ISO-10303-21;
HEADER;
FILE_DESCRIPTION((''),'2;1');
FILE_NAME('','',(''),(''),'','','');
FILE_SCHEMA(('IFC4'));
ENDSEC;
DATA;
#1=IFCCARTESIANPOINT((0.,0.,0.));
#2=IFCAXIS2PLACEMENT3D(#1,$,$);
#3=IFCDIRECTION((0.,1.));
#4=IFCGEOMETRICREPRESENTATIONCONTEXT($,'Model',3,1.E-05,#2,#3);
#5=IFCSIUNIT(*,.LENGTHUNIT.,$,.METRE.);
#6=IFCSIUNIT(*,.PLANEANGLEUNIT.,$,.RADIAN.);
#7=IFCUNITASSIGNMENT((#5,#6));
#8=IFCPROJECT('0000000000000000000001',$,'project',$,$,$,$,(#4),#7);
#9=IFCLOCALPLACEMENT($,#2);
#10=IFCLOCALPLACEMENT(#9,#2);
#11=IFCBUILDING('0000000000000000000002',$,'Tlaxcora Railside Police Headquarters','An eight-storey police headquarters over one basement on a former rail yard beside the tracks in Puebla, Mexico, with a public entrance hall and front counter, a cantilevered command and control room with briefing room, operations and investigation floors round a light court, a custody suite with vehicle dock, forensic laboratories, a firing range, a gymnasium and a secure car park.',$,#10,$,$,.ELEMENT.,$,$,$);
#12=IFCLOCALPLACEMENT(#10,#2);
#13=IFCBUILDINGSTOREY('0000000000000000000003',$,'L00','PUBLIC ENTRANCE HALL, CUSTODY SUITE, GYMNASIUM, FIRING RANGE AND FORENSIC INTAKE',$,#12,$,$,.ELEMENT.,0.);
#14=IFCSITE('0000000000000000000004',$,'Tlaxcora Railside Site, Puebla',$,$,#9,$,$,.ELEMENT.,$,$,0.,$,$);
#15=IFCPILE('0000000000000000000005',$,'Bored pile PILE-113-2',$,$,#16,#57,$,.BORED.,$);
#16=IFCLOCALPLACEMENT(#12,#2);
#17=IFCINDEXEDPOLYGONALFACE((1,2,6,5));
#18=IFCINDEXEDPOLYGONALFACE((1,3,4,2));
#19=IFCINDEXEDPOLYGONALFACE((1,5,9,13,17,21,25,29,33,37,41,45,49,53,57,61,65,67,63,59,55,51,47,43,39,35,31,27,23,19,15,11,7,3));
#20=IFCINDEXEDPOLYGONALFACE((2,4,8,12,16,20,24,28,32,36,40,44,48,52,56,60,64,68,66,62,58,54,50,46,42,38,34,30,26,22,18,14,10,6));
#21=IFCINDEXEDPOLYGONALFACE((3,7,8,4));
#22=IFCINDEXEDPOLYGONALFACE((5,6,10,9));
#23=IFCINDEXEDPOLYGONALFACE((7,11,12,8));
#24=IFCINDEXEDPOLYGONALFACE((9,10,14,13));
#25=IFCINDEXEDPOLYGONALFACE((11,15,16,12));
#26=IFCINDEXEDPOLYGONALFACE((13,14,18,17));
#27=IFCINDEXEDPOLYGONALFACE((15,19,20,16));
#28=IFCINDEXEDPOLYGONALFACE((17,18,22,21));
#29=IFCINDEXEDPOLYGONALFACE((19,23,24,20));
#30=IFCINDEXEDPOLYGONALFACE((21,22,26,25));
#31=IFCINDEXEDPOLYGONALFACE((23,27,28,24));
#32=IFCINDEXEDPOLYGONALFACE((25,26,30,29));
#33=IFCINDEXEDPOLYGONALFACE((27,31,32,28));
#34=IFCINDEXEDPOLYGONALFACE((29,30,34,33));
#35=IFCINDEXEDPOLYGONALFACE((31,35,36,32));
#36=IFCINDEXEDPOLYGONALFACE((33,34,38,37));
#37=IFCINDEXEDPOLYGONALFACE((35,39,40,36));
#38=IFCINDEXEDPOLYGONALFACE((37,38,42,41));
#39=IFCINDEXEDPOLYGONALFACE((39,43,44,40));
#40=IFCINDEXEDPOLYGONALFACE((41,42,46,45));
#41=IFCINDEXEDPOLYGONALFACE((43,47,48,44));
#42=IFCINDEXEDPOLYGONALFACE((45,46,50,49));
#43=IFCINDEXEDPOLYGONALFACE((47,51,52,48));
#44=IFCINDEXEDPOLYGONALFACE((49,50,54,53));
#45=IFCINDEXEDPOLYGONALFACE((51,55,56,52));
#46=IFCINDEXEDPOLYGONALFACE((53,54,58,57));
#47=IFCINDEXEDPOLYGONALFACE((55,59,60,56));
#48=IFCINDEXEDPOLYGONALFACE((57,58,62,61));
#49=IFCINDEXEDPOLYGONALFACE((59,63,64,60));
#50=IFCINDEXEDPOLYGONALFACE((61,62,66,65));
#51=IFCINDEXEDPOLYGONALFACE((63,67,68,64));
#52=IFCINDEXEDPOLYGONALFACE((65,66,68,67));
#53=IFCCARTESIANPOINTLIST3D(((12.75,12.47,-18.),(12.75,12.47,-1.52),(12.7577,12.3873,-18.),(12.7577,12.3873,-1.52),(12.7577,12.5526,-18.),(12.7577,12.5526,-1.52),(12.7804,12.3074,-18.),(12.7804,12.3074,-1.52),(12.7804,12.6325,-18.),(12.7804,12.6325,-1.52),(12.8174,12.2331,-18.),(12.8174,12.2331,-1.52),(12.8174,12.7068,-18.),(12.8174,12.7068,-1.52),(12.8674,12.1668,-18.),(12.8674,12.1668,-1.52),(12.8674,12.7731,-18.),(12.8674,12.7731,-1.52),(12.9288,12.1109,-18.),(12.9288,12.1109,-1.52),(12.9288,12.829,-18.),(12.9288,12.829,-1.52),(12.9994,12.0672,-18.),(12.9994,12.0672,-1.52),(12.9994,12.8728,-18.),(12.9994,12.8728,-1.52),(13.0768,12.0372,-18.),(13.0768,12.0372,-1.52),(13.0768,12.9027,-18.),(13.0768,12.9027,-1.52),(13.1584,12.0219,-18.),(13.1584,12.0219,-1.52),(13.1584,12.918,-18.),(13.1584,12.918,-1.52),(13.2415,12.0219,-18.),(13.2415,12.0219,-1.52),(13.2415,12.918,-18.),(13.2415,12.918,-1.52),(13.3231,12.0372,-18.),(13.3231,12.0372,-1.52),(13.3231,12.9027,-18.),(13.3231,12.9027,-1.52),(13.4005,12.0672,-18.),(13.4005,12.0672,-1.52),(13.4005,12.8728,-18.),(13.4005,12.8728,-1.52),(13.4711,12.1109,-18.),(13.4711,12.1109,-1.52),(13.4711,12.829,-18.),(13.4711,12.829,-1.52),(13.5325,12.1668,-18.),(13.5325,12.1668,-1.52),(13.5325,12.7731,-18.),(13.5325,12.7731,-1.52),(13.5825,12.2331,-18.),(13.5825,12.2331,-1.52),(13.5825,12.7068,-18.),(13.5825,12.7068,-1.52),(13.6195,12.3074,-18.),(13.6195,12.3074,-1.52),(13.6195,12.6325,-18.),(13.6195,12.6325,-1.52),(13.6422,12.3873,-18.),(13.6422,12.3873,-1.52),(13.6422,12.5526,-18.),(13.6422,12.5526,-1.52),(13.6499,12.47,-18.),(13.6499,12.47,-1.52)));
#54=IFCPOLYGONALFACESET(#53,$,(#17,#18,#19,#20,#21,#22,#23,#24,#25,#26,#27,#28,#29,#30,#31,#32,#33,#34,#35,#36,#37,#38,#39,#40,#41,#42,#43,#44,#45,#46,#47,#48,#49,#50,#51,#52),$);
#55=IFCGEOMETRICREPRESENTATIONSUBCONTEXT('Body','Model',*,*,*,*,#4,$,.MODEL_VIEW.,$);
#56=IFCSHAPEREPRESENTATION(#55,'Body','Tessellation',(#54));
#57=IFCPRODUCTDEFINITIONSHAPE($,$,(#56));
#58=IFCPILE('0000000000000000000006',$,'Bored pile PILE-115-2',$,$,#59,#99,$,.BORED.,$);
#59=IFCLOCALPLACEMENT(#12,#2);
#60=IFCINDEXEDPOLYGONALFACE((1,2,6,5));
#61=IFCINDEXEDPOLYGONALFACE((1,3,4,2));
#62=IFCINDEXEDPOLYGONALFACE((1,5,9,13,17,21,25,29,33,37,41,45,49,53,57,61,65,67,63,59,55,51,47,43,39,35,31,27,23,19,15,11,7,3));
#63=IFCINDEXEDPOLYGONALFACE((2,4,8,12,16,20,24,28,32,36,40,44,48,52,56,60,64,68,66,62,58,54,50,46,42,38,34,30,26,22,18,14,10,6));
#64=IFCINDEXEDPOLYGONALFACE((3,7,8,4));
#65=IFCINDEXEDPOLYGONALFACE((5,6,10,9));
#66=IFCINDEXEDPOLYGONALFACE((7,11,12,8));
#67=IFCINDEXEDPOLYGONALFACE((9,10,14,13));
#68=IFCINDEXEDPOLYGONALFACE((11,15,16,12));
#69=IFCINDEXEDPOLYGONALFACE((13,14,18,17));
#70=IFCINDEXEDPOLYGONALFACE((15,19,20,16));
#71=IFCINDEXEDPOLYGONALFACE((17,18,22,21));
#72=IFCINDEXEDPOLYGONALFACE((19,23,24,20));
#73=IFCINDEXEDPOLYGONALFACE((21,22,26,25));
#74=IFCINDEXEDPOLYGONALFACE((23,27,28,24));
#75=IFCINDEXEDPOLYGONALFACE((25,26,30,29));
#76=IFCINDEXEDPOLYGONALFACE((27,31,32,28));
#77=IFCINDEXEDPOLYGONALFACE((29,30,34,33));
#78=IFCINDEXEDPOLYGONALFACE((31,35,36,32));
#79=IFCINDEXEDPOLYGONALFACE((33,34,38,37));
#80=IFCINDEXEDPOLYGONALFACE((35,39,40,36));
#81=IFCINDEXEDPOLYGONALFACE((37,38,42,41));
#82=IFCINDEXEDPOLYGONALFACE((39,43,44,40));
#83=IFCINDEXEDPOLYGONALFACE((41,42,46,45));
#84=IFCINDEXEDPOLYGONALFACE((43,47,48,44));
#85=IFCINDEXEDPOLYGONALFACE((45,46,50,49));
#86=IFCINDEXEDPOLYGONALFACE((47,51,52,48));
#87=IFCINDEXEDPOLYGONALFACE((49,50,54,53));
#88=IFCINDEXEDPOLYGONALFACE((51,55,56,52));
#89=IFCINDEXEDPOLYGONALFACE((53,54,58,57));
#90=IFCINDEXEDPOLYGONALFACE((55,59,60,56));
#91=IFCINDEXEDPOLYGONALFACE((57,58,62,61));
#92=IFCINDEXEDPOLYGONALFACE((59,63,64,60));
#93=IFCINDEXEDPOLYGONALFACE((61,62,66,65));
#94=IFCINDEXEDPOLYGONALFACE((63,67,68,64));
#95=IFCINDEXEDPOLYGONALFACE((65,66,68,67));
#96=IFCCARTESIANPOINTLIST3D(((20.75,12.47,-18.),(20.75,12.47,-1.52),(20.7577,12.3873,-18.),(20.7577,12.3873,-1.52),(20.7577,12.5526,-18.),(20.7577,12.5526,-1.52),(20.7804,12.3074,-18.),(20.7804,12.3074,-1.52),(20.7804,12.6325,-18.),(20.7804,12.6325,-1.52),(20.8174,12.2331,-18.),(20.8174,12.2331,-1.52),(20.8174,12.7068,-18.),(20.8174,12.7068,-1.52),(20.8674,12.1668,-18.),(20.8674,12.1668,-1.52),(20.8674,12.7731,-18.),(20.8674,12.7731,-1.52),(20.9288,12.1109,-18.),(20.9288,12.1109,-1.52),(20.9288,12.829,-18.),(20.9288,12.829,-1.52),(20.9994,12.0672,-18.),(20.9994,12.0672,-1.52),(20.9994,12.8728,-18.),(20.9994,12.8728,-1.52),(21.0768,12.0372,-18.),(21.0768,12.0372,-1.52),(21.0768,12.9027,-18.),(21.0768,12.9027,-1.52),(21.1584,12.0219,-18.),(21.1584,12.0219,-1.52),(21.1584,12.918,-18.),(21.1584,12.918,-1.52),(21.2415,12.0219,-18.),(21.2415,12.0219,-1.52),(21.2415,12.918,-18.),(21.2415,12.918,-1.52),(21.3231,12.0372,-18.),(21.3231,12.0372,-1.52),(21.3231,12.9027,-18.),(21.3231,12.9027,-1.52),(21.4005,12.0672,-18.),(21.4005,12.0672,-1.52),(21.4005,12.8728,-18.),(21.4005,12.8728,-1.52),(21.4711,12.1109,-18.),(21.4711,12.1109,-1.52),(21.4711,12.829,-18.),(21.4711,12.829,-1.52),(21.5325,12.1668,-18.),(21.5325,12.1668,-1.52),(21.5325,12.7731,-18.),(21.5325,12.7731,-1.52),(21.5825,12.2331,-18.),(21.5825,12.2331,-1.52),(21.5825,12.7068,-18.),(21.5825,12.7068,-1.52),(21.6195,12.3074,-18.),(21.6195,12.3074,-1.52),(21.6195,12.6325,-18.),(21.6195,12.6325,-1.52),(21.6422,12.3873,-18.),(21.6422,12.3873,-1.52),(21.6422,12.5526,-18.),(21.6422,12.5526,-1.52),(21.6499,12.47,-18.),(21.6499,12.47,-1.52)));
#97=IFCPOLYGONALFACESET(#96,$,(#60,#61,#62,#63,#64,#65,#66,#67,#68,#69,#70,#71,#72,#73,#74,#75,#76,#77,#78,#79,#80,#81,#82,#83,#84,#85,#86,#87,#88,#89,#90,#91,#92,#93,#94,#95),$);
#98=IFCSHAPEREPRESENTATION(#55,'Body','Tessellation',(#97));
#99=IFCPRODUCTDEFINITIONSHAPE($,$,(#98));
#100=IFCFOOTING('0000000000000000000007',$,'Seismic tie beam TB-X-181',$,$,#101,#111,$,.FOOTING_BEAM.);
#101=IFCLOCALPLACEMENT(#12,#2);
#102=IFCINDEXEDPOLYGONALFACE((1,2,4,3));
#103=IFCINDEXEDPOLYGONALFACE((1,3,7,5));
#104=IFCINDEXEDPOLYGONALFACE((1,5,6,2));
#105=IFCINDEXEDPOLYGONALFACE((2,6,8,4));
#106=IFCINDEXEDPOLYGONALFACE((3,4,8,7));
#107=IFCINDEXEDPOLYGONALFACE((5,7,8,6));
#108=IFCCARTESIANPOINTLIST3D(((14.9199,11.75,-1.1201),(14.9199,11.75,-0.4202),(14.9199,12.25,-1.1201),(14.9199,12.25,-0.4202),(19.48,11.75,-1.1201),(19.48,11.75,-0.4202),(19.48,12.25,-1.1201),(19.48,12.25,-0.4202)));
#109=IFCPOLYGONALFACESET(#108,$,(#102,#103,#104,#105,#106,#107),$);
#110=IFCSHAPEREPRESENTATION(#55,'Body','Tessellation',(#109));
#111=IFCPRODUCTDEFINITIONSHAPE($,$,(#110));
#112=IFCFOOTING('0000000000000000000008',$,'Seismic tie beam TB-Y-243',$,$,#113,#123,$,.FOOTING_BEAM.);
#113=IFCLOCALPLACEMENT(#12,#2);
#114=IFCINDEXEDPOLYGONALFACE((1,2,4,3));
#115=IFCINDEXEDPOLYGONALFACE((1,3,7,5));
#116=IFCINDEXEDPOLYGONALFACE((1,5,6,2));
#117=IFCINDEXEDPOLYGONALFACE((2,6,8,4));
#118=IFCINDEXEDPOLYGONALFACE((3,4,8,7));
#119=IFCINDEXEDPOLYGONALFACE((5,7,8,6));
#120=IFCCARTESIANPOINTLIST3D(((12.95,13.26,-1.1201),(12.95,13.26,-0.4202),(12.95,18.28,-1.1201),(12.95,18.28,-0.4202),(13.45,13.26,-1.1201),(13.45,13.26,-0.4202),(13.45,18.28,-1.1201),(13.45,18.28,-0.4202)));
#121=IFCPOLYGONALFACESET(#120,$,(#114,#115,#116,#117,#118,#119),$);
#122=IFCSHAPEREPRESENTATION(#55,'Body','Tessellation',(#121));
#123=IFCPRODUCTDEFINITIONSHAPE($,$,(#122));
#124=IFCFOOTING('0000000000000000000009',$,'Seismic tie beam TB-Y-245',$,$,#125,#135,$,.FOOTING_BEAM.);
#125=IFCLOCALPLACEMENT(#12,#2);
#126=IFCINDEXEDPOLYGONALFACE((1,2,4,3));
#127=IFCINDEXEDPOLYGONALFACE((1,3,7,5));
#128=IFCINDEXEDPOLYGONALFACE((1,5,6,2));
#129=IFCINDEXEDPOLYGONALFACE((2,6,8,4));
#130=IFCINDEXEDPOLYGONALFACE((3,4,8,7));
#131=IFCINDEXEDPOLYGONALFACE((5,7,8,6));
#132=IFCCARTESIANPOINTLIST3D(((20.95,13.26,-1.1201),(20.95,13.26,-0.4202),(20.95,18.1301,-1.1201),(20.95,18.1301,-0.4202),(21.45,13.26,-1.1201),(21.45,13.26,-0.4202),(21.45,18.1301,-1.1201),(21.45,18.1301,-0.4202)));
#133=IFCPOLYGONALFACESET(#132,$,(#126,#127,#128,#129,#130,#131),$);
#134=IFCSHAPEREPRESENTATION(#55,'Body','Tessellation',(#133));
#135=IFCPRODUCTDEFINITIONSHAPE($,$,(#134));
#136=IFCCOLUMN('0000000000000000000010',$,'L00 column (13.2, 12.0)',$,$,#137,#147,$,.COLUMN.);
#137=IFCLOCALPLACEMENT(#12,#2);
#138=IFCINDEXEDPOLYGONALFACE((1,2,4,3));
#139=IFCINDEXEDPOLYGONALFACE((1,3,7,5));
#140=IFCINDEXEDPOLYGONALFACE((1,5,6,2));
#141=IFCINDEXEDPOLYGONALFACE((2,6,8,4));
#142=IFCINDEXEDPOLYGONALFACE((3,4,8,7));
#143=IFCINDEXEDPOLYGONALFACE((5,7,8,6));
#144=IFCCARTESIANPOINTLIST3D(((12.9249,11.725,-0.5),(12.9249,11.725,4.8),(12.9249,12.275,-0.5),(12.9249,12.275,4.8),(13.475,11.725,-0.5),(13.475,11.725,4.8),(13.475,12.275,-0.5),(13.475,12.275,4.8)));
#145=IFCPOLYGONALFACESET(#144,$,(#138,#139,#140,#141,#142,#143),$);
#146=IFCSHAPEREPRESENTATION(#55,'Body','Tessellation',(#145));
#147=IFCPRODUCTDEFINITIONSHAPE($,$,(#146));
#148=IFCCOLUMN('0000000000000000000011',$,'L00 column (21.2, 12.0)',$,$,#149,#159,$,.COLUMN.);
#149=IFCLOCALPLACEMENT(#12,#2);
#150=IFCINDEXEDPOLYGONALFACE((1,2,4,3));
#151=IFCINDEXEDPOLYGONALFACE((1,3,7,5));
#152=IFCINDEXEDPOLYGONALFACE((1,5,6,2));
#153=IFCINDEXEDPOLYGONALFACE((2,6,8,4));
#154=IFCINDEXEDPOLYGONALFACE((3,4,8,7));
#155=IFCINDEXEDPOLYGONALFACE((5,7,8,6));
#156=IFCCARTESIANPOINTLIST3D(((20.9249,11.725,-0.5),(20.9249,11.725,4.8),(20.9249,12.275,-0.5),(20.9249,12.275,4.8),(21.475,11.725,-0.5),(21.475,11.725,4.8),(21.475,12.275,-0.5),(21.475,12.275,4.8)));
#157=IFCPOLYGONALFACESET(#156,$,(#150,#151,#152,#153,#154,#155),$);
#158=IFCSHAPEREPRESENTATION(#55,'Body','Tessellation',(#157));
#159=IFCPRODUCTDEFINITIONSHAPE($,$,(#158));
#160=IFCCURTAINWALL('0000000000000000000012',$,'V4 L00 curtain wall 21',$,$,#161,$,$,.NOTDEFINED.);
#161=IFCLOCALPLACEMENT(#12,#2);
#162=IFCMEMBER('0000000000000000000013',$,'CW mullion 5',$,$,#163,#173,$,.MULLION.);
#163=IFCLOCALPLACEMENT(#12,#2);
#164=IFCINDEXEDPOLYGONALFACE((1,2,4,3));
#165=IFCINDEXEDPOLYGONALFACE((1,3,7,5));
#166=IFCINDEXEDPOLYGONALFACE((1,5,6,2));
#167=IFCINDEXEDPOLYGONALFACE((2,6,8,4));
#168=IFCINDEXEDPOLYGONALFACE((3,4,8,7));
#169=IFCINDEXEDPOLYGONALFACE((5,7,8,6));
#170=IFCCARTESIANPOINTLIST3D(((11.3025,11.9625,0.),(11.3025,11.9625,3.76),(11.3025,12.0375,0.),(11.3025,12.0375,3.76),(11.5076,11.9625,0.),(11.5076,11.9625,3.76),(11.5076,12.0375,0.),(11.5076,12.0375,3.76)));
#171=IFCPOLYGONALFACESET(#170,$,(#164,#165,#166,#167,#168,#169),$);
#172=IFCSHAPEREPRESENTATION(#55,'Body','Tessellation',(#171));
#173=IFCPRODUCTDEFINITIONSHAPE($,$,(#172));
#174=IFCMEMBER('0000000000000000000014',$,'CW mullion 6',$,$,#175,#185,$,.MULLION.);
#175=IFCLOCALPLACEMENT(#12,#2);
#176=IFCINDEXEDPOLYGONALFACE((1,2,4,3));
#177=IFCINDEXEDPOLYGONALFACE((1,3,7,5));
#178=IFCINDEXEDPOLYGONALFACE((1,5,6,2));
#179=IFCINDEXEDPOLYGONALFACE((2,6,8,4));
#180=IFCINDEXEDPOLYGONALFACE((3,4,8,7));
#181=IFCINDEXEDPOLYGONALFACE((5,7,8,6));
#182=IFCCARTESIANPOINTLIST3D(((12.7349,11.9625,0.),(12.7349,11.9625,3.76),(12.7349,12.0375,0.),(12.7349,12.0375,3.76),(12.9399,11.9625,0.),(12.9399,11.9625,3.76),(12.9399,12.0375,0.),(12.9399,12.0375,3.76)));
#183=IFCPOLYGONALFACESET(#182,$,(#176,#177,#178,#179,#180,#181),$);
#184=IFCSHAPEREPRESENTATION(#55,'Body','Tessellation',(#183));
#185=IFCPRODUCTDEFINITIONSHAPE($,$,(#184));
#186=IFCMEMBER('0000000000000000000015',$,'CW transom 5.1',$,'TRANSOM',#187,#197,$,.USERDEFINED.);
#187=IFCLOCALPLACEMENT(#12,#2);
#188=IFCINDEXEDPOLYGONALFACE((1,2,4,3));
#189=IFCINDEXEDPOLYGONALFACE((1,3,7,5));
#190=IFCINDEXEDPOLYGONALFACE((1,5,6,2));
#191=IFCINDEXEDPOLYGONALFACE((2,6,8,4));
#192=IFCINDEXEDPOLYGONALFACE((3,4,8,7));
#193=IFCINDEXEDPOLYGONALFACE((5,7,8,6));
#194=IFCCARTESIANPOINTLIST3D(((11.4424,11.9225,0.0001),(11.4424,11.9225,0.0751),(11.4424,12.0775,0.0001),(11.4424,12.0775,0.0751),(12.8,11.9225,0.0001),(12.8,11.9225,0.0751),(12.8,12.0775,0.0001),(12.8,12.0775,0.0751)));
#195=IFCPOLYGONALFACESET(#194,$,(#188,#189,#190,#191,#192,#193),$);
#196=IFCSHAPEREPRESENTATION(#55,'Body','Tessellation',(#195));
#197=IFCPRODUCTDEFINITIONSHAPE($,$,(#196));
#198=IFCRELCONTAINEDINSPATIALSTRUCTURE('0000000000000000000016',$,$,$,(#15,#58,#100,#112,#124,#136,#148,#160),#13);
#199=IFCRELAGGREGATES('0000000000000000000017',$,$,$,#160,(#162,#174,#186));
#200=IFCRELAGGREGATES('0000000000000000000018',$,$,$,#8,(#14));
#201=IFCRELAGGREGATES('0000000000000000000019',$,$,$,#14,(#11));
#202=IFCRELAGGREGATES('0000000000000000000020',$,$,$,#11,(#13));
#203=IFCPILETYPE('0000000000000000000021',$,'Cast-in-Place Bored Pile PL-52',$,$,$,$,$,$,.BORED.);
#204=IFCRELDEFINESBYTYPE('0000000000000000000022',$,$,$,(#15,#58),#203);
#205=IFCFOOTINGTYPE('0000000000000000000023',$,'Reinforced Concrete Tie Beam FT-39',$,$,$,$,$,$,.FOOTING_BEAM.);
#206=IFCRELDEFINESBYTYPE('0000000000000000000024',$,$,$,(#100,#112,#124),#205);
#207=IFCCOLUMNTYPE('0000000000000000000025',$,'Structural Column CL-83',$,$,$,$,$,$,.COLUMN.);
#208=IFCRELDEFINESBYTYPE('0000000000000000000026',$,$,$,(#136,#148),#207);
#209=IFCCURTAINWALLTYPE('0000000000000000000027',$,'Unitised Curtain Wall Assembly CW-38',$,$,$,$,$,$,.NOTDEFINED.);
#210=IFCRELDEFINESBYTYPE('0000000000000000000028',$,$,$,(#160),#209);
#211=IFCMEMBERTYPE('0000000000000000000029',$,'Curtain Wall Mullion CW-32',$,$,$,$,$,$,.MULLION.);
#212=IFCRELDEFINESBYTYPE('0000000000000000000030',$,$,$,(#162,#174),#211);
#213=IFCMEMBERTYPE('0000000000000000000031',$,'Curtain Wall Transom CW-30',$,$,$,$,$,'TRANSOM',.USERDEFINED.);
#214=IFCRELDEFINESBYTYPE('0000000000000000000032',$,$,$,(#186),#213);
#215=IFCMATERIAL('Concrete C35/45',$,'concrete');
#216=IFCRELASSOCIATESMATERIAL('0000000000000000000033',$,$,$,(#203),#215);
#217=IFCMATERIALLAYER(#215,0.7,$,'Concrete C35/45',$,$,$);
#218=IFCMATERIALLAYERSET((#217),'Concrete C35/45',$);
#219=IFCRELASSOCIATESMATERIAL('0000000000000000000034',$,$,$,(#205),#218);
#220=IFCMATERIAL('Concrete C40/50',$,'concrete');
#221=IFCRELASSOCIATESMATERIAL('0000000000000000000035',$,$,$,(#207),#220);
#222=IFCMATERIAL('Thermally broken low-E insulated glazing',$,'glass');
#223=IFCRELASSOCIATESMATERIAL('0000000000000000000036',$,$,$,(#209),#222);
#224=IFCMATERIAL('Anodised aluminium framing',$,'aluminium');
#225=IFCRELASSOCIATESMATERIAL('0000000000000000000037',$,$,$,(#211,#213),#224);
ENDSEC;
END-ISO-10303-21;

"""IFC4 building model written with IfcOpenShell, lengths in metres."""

from ifc_helpers import new_model, si_unit, direction, frame, origin, origin_2d, place, context, subcontext, project, spatial, rectangle, circle, extrude, material, layer, layer_set, material_profile, profile_set, type_object, element, aggregate, save


model = new_model("IFC4")

# Units and contexts
model_context = context("Model", 3, precision=1e-05, world=origin(), true_north=direction((0.0, 1.0)))
body_context = subcontext(model_context, "Body", "Model", "MODEL_VIEW")
ifc_project = project(units=[si_unit("LENGTHUNIT", "METRE"), si_unit("PLANEANGLEUNIT", "RADIAN")], contexts=[model_context])

# Site, building, storey
site_placement = place(None, origin())
site = spatial("IfcSite", under=ifc_project, at=site_placement, Name="Tlaxcora Railside Site, Puebla", CompositionType="ELEMENT", RefElevation=0.0)
building_placement = place(site_placement, origin())
building = spatial("IfcBuilding", under=site, at=building_placement, Name="Tlaxcora Railside Police Headquarters", Description="An eight-storey police headquarters over one basement on a former rail yard beside the tracks in Puebla, Mexico, with a public entrance hall and front counter, a cantilevered command and control room with briefing room, operations and investigation floors round a light court, a custody suite with vehicle dock, forensic laboratories, a firing range, a gymnasium and a secure car park.", CompositionType="ELEMENT")
storey_placement = place(building_placement, origin())
storey = spatial("IfcBuildingStorey", under=building, at=storey_placement, Name="L00", Description="PUBLIC ENTRANCE HALL, CUSTODY SUITE, GYMNASIUM, FIRING RANGE AND FORENSIC INTAKE", CompositionType="ELEMENT", Elevation=0.0)

# Piles
ifc_material_1 = material(Name="Concrete C35/45", Category="concrete")
ifc_material_profile_1 = material_profile(ifc_material_1, circle(Radius=0.45, at=origin_2d()), Name="PILE900")
ifc_profile_set_1 = profile_set([ifc_material_profile_1], Name="Concrete C35/45")
pile_type = type_object("IfcPileType", Name="Cast-in-Place Bored Pile PL-52", PredefinedType="BORED", material=ifc_profile_set_1)
for number, where, z_axis, x_axis, name in (
    (1, (13.2, 12.47, -1.52), (0.0, 0.0, -1.0), (1.0, 0.0, 0.0), "Bored pile PILE-113-2"),
    (2, (21.2, 12.47, -1.52), (0.0, 0.0, -1.0), (1.0, 0.0, 0.0), "Bored pile PILE-115-2"),
):
    element("IfcPile", number, at=place(storey_placement, frame(where, z_axis=z_axis, x_axis=x_axis)), inside=storey, type_object=pile_type, Name=name, PredefinedType="BORED", context=body_context, shape_type="SweptSolid", body=[
        extrude(circle(Radius=0.45, at=origin_2d()), origin(), (0.0, 0.0, 1.0), 16.48),
    ])

# Footings
ifc_layer_1 = layer(ifc_material_1, 0.7, Name="Concrete C35/45")
ifc_layer_set_1 = layer_set([ifc_layer_1], Name="Concrete C35/45")
footing_type = type_object("IfcFootingType", Name="Reinforced Concrete Tie Beam FT-39", PredefinedType="FOOTING_BEAM", material=ifc_layer_set_1)
footing_1_placement = place(storey_placement, frame((17.2, 12.0, -1.1201), z_axis=(0.0, 0.0, 1.0), x_axis=(1.0, 0.0, 0.0)))
element("IfcFooting", 3, at=footing_1_placement, inside=storey, type_object=footing_type, Name="Seismic tie beam TB-X-181", PredefinedType="FOOTING_BEAM", context=body_context, shape_type="SweptSolid", body=[
    extrude(rectangle(XDim=4.5601, YDim=0.5, at=origin_2d()), origin(), (0.0, 0.0, 1.0), 0.7),
])
footing_2_placement = place(storey_placement, frame((13.2, 15.77, -1.1201), z_axis=(0.0, 0.0, 1.0), x_axis=(0.0, 1.0, 0.0)))
element("IfcFooting", 4, at=footing_2_placement, inside=storey, type_object=footing_type, Name="Seismic tie beam TB-Y-243", PredefinedType="FOOTING_BEAM", context=body_context, shape_type="SweptSolid", body=[
    extrude(rectangle(XDim=5.02, YDim=0.5, at=origin_2d()), origin(), (0.0, 0.0, 1.0), 0.7),
])
footing_3_placement = place(storey_placement, frame((21.2, 15.6951, -1.1201), z_axis=(0.0, 0.0, 1.0), x_axis=(0.0, 1.0, 0.0)))
element("IfcFooting", 5, at=footing_3_placement, inside=storey, type_object=footing_type, Name="Seismic tie beam TB-Y-245", PredefinedType="FOOTING_BEAM", context=body_context, shape_type="SweptSolid", body=[
    extrude(rectangle(XDim=4.8701, YDim=0.5, at=origin_2d()), origin(), (0.0, 0.0, 1.0), 0.7),
])

# Columns
ifc_material_2 = material(Name="Concrete C40/50", Category="concrete")
ifc_material_profile_2 = material_profile(ifc_material_2, rectangle(XDim=0.55, YDim=0.55, at=origin_2d()), Name="RC550X550")
ifc_profile_set_2 = profile_set([ifc_material_profile_2], Name="Concrete C40/50")
column_type = type_object("IfcColumnType", Name="Structural Column CL-83", PredefinedType="COLUMN", material=ifc_profile_set_2)
for number, where, z_axis, x_axis, name in (
    (6, (13.2, 12.0, -0.5), (0.0, 0.0, 1.0), (1.0, 0.0, 0.0), "L00 column (13.2, 12.0)"),
    (7, (21.2, 12.0, -0.5), (0.0, 0.0, 1.0), (1.0, 0.0, 0.0), "L00 column (21.2, 12.0)"),
):
    element("IfcColumn", number, at=place(storey_placement, frame(where, z_axis=z_axis, x_axis=x_axis)), inside=storey, type_object=column_type, Name=name, PredefinedType="COLUMN", context=body_context, shape_type="SweptSolid", body=[
        extrude(rectangle(XDim=0.55, YDim=0.55, at=origin_2d()), origin(), (0.0, 0.0, 1.0), 5.3),
    ])

# Curtain wall, members
ifc_material_3 = material(Name="Thermally broken low-E insulated glazing", Category="glass")
curtain_wall_type = type_object("IfcCurtainWallType", Name="Unitised Curtain Wall Assembly CW-38", PredefinedType="NOTDEFINED", material=ifc_material_3)
curtain_wall_placement = place(storey_placement, origin())
curtain_wall = element("IfcCurtainWall", 8, at=curtain_wall_placement, inside=storey, type_object=curtain_wall_type, Name="V4 L00 curtain wall 21", PredefinedType="NOTDEFINED")
ifc_material_4 = material(Name="Anodised aluminium framing", Category="aluminium")
ifc_material_profile_3 = material_profile(ifc_material_4, rectangle(XDim=0.075, YDim=0.2051, at=origin_2d()), Name="AL75X205")
ifc_profile_set_3 = profile_set([ifc_material_profile_3], Name="Anodised aluminium framing")
member_type_1 = type_object("IfcMemberType", Name="Curtain Wall Mullion CW-32", PredefinedType="MULLION", material=ifc_profile_set_3)
member_1_placement = place(storey_placement, frame((11.405, 12.0, 0.0), z_axis=(0.0, 0.0, 1.0), x_axis=(0.0, 1.0, 0.0)))
member_1 = element("IfcMember", 9, at=member_1_placement, type_object=member_type_1, Name="CW mullion 5", PredefinedType="MULLION", context=body_context, shape_type="SweptSolid", body=[
    extrude(rectangle(XDim=0.075, YDim=0.2051, at=origin_2d()), origin(), (0.0, 0.0, 1.0), 3.76),
])
member_2_placement = place(storey_placement, frame((12.8374, 12.0, 0.0), z_axis=(0.0, 0.0, 1.0), x_axis=(0.0, 1.0, 0.0)))
member_2 = element("IfcMember", 10, at=member_2_placement, type_object=member_type_1, Name="CW mullion 6", PredefinedType="MULLION", context=body_context, shape_type="SweptSolid", body=[
    extrude(rectangle(XDim=0.075, YDim=0.2051, at=origin_2d()), origin(), (0.0, 0.0, 1.0), 3.76),
])
ifc_material_profile_4 = material_profile(ifc_material_4, rectangle(XDim=0.155, YDim=0.075, at=origin_2d()), Name="AL75X155")
ifc_profile_set_4 = profile_set([ifc_material_profile_4], Name="Anodised aluminium framing")
member_type_2 = type_object("IfcMemberType", Name="Curtain Wall Transom CW-30", ElementType="TRANSOM", PredefinedType="USERDEFINED", material=ifc_profile_set_4)
member_3_placement = place(storey_placement, frame((11.4424, 12.0, 0.0376), z_axis=(1.0, 0.0, 0.0), x_axis=(0.0, 1.0, 0.0)))
member_3 = element("IfcMember", 11, at=member_3_placement, type_object=member_type_2, Name="CW transom 5.1", ObjectType="TRANSOM", PredefinedType="USERDEFINED", context=body_context, shape_type="SweptSolid", body=[
    extrude(rectangle(XDim=0.155, YDim=0.075, at=origin_2d()), origin(), (0.0, 0.0, 1.0), 1.3577),
])

aggregate(curtain_wall, [member_1, member_2, member_3])

save(model, "model.ifc")
